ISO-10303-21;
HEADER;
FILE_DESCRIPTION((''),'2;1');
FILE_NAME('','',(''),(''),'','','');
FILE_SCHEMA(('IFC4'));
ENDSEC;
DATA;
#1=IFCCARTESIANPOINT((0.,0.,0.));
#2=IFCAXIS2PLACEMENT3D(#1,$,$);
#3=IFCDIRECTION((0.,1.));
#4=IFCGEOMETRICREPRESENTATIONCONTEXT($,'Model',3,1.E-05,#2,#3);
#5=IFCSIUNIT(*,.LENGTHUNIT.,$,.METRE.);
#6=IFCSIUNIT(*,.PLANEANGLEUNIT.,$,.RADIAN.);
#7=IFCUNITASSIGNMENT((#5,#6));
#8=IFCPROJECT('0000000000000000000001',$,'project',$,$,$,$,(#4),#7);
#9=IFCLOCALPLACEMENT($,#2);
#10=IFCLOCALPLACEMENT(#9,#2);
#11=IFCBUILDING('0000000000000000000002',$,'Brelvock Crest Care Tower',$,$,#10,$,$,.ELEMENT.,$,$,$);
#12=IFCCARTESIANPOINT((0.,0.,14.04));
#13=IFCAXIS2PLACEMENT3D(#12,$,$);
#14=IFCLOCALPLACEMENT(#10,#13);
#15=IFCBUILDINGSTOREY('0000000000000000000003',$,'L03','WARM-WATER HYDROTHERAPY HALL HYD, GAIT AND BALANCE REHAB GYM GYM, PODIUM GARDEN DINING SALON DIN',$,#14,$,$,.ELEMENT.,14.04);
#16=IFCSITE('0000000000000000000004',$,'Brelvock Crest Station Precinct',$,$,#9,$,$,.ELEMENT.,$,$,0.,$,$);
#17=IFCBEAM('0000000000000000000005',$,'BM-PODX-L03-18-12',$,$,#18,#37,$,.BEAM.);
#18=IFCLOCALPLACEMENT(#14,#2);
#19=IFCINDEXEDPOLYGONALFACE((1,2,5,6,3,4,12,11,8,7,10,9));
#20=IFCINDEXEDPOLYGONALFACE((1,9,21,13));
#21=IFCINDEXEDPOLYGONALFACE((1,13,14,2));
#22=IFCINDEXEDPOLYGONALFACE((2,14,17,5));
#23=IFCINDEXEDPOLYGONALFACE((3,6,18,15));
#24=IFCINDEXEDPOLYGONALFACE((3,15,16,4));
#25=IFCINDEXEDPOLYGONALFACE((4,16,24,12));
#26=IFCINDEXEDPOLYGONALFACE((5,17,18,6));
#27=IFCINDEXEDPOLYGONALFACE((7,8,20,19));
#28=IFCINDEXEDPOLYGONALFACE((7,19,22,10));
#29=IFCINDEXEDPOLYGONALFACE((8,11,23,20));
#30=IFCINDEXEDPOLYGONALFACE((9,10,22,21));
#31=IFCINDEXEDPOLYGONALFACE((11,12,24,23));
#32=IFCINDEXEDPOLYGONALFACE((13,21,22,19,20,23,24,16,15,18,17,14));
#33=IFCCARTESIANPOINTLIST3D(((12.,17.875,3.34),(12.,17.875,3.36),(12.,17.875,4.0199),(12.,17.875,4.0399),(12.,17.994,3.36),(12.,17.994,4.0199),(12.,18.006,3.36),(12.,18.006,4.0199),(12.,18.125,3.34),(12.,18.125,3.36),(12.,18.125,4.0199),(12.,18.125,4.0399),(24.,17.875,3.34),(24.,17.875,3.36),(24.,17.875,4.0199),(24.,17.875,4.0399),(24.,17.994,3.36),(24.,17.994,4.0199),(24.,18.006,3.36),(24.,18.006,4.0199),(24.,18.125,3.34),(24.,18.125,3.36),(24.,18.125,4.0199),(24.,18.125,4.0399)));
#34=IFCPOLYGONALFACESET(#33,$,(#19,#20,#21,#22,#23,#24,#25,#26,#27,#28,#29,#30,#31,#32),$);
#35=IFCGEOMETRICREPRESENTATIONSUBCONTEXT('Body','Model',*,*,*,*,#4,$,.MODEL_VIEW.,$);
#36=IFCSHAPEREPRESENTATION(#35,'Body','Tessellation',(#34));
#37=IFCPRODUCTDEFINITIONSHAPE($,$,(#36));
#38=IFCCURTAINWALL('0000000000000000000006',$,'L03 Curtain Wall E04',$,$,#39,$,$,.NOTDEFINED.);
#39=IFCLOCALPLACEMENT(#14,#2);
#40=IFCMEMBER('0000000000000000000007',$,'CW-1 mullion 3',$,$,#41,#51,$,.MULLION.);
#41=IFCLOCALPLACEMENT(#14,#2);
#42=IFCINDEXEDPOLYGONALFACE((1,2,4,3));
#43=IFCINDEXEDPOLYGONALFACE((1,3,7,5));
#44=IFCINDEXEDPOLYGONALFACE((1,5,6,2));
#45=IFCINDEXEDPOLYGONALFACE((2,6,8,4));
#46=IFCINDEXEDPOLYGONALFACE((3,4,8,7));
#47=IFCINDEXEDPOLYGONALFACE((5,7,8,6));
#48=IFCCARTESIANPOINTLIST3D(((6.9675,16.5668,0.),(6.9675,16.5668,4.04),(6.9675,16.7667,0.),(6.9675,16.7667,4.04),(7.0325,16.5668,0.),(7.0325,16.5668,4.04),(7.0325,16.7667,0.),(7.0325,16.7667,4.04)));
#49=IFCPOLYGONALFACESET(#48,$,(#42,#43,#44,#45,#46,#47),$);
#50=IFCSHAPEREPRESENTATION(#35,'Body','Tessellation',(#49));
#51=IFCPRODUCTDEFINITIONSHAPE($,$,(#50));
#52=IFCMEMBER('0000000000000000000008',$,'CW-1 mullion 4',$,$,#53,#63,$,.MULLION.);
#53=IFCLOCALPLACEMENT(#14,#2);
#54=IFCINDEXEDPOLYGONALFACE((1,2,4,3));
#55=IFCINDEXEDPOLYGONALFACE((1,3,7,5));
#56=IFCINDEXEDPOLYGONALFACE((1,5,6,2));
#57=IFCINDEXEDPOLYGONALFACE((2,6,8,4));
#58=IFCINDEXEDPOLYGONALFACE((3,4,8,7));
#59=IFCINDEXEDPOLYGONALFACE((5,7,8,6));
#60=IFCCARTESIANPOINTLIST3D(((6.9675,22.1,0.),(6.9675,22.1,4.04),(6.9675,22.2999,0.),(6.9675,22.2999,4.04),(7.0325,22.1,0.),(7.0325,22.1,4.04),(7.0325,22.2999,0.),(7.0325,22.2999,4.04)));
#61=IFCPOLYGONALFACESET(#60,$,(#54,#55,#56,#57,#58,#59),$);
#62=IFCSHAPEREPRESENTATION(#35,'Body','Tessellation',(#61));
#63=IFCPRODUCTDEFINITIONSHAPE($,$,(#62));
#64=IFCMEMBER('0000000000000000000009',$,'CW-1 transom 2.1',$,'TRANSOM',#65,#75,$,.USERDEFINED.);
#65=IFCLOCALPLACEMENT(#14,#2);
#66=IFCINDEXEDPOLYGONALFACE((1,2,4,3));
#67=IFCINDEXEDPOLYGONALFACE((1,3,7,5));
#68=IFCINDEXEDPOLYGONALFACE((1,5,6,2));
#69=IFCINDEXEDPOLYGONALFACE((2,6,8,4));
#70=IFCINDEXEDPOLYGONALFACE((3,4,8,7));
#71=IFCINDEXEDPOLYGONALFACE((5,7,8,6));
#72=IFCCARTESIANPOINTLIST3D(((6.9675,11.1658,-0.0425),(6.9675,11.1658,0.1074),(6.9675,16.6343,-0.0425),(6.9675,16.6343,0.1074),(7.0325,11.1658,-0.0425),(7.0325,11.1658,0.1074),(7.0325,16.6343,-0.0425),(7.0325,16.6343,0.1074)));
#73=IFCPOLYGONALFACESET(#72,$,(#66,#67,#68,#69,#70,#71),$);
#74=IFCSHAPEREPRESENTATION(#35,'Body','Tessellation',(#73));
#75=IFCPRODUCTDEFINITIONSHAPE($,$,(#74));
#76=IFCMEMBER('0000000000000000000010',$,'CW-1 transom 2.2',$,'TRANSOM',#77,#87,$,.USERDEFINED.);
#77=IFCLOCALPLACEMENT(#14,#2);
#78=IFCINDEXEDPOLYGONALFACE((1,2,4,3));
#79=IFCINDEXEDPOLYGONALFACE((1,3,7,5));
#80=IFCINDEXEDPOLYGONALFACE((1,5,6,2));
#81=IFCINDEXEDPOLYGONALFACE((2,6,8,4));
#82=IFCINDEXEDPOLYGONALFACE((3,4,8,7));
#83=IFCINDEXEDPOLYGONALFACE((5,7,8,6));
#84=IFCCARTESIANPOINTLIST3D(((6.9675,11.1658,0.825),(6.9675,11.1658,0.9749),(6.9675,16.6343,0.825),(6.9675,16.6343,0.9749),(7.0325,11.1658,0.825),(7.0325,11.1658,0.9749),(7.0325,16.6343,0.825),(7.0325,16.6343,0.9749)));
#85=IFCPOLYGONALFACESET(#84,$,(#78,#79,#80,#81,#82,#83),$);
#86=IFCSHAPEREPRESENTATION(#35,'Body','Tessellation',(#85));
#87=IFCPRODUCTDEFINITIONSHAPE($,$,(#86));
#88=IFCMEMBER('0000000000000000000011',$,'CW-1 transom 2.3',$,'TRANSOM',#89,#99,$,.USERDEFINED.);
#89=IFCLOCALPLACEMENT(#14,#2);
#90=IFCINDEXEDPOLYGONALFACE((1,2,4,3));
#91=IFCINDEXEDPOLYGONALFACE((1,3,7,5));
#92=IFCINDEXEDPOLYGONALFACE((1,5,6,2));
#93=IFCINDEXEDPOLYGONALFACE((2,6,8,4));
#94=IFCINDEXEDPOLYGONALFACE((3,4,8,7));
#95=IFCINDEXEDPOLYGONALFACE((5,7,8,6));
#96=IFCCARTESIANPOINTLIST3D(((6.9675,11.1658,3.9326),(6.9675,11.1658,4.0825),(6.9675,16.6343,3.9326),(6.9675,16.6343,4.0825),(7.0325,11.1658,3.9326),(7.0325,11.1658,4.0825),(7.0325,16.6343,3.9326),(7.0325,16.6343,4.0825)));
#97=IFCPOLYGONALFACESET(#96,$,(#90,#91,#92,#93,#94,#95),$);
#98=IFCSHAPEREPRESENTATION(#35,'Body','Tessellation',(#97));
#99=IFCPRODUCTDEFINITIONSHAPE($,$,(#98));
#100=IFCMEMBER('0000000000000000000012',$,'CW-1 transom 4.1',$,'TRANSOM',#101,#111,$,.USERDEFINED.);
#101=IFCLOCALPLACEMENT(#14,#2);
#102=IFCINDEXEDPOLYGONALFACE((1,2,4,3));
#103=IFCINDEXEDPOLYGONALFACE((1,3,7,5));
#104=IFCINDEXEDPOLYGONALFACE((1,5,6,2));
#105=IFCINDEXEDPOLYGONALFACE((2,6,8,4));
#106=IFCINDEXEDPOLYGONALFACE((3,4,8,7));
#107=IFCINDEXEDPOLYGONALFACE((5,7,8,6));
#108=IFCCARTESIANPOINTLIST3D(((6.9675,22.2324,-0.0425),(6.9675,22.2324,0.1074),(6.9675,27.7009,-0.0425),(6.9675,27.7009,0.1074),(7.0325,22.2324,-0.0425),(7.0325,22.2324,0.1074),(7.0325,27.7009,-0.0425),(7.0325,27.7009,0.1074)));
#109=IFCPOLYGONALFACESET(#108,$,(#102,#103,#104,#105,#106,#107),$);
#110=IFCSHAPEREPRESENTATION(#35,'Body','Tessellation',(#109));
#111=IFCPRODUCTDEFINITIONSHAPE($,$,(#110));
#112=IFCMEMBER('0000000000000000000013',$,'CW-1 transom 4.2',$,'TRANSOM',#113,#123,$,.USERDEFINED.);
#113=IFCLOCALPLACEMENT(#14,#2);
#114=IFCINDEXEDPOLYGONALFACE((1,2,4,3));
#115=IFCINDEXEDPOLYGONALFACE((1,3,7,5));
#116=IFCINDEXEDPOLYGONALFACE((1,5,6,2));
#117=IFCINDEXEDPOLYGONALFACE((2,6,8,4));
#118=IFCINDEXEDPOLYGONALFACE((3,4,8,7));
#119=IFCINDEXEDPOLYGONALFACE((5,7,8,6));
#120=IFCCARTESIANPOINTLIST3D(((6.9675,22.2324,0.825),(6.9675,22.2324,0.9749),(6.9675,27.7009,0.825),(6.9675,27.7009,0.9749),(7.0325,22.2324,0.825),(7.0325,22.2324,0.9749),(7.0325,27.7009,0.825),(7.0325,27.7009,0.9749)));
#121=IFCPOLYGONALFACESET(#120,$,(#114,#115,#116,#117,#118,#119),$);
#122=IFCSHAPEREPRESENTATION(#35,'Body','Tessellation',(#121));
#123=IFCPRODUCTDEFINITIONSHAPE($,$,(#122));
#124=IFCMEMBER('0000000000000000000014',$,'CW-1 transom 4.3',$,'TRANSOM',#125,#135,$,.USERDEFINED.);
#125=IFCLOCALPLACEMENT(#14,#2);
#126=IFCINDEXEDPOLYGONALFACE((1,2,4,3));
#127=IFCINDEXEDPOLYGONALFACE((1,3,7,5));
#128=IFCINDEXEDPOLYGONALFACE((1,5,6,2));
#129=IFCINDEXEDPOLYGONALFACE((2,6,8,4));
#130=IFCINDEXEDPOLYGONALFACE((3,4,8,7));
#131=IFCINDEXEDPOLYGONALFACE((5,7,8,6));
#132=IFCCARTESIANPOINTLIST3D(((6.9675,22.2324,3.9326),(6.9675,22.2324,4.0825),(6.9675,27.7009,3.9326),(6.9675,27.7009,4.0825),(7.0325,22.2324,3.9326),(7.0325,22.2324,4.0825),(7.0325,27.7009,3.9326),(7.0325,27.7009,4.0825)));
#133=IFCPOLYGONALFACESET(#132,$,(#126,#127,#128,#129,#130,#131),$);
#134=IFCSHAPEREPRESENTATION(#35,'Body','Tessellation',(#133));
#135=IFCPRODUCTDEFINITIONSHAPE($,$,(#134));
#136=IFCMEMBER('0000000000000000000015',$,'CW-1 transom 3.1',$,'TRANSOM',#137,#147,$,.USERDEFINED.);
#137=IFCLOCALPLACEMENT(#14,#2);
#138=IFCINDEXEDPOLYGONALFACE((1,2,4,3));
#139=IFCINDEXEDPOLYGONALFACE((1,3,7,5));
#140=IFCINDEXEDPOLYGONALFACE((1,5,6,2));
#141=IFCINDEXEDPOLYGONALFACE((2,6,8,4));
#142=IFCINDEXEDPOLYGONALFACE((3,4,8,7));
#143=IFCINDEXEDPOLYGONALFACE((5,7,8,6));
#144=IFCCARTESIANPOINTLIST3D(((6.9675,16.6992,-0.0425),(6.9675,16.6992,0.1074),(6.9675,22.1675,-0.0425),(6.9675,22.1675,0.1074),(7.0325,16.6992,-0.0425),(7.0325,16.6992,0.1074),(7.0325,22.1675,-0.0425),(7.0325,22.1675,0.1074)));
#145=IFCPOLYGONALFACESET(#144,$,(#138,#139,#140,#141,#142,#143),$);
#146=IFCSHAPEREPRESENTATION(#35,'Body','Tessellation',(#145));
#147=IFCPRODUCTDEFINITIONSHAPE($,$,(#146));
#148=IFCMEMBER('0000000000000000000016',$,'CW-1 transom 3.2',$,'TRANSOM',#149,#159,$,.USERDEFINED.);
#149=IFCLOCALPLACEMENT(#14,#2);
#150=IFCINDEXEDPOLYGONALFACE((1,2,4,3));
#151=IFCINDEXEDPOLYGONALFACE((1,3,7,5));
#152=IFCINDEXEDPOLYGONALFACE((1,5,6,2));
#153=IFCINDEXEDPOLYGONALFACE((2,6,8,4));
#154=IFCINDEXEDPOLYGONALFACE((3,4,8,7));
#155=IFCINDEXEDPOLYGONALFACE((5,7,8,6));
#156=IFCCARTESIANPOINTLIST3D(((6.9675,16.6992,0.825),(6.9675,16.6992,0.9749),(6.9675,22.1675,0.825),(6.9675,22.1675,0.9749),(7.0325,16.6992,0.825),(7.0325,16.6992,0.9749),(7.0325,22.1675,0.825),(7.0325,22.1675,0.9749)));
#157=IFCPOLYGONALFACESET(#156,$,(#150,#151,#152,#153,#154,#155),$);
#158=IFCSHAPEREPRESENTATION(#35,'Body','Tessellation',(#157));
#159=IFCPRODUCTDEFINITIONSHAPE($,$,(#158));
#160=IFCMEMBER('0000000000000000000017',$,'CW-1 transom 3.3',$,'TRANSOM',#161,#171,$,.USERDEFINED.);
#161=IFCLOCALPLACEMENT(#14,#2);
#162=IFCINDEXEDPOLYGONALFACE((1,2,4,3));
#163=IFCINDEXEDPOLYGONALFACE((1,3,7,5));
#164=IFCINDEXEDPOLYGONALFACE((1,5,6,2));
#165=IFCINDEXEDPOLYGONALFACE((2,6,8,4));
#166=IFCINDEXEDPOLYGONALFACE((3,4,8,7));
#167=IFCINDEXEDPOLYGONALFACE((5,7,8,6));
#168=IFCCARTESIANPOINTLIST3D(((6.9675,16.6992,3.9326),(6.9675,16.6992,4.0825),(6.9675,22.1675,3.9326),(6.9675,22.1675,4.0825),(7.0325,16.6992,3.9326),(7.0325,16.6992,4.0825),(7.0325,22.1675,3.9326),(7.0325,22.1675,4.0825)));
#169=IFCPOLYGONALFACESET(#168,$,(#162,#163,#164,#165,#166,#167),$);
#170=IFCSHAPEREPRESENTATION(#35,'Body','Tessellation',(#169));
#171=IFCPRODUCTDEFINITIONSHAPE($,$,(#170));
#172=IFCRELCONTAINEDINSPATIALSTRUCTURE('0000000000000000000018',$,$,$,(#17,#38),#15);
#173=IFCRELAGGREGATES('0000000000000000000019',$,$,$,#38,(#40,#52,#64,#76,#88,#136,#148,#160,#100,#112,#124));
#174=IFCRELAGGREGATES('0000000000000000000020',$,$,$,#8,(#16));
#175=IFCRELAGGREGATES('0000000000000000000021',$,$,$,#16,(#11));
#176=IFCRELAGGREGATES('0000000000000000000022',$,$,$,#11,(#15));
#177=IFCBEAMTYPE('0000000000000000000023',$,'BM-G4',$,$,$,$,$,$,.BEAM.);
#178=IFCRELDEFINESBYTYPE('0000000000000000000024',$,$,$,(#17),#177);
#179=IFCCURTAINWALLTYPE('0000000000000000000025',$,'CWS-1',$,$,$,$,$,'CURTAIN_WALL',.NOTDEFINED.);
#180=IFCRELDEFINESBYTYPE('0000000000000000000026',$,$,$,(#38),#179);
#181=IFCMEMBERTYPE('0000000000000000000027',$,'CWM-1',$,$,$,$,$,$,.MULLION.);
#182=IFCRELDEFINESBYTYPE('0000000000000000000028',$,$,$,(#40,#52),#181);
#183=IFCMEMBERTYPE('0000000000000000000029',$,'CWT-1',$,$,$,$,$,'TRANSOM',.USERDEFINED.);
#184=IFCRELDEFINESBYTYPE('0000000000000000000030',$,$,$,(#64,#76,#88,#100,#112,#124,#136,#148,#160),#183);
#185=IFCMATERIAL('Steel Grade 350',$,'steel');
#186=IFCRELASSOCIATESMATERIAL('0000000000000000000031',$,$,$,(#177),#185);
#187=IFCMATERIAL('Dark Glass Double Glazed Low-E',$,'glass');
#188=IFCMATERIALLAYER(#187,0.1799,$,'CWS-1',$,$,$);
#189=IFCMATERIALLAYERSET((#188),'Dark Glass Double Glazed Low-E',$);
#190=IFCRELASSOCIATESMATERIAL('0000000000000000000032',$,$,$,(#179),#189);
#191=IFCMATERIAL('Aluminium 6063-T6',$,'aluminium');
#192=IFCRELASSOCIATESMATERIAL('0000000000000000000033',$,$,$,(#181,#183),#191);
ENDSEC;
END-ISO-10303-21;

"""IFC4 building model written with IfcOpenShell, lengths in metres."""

from ifc_helpers import new_model, si_unit, direction, frame, origin, origin_2d, place, context, subcontext, project, spatial, rectangle, i_section, extrude, source, transform, mapped, material, layer, layer_set, material_profile, profile_set, type_object, element, aggregate, save


model = new_model("IFC4")

# Units and contexts
model_context = context("Model", 3, precision=1e-05, world=origin(), true_north=direction((0.0, 1.0)))
body_context = subcontext(model_context, "Body", "Model", "MODEL_VIEW")
ifc_project = project(units=[si_unit("LENGTHUNIT", "METRE"), si_unit("PLANEANGLEUNIT", "RADIAN")], contexts=[model_context])

# Site, building, storey
site_placement = place(None, origin())
site = spatial("IfcSite", under=ifc_project, at=site_placement, Name="Brelvock Crest Station Precinct", CompositionType="ELEMENT", RefElevation=0.0)
building_placement = place(site_placement, origin())
building = spatial("IfcBuilding", under=site, at=building_placement, Name="Brelvock Crest Care Tower", CompositionType="ELEMENT")
storey_placement = place(building_placement, frame((0.0, 0.0, 14.04)))
storey = spatial("IfcBuildingStorey", under=building, at=storey_placement, Name="L03", Description="WARM-WATER HYDROTHERAPY HALL HYD, GAIT AND BALANCE REHAB GYM GYM, PODIUM GARDEN DINING SALON DIN", CompositionType="ELEMENT", Elevation=14.04)

# Shared definitions
ifc_material_1 = material(Name="Steel Grade 350", Category="steel")

# Beam
ifc_material_profile_1 = material_profile(ifc_material_1, i_section(OverallWidth=0.25, OverallDepth=0.7, WebThickness=0.012, FlangeThickness=0.02, at=origin_2d()), Name="700WB150")
ifc_profile_set_1 = profile_set([ifc_material_profile_1], Name="Steel Grade 350")
beam_type_1 = type_object("IfcBeamType", Name="BM-G4", PredefinedType="BEAM", material=ifc_profile_set_1)
shared_shape_1 = source(origin(), body_context, "Body", "SweptSolid", [
    extrude(i_section(OverallWidth=0.25, OverallDepth=0.7, WebThickness=0.012, FlangeThickness=0.02, at=origin_2d()), origin(), (0.0, 0.0, 1.0), 12.0),
])
beam_1_placement = place(storey_placement, frame((12.0, 18.0, 3.6899), z_axis=(1.0, 0.0, 0.0), x_axis=(0.0, 1.0, 0.0)))
element("IfcBeam", 1, at=beam_1_placement, inside=storey, type_object=beam_type_1, Name="BM-PODX-L03-18-12", PredefinedType="BEAM", context=body_context, shape_type="MappedRepresentation", body=[
    mapped(shared_shape_1, transform((0.0, 0.0, 0.0), x_axis=(1.0, 0.0, 0.0), y_axis=(0.0, 1.0, 0.0), z_axis=(0.0, 0.0, 1.0), scale=1.0)),
])

# Curtain wall, members
ifc_material_2 = material(Name="Dark Glass Double Glazed Low-E", Category="glass")
ifc_layer_1 = layer(ifc_material_2, 0.1799, Name="CWS-1")
ifc_layer_set_1 = layer_set([ifc_layer_1], Name="Dark Glass Double Glazed Low-E")
curtain_wall_type = type_object("IfcCurtainWallType", Name="CWS-1", ElementType="CURTAIN_WALL", PredefinedType="NOTDEFINED", material=ifc_layer_set_1)
curtain_wall_placement = place(storey_placement, origin())
curtain_wall = element("IfcCurtainWall", 2, at=curtain_wall_placement, inside=storey, type_object=curtain_wall_type, Name="L03 Curtain Wall E04", PredefinedType="NOTDEFINED")
ifc_material_3 = material(Name="Aluminium 6063-T6", Category="aluminium")
ifc_material_profile_2 = material_profile(ifc_material_3, rectangle(XDim=0.0649, YDim=0.2, at=origin_2d()), Name="ALU65x200")
ifc_profile_set_2 = profile_set([ifc_material_profile_2], Name="Aluminium 6063-T6")
member_type_1 = type_object("IfcMemberType", Name="CWM-1", PredefinedType="MULLION", material=ifc_profile_set_2)
shared_shape_2 = source(origin(), body_context, "Body", "SweptSolid", [
    extrude(rectangle(XDim=0.0649, YDim=0.2, at=origin_2d()), origin(), (0.0, 0.0, 1.0), 4.04),
])
member_1_placement = place(storey_placement, frame((7.0, 16.6667, 0.0), z_axis=(0.0, 0.0, 1.0), x_axis=(-1.0, 0.0, 0.0)))
member_1 = element("IfcMember", 3, at=member_1_placement, type_object=member_type_1, Name="CW-1 mullion 3", PredefinedType="MULLION", context=body_context, shape_type="MappedRepresentation", body=[
    mapped(shared_shape_2, transform((0.0, 0.0, 0.0), x_axis=(1.0, 0.0, 0.0), y_axis=(0.0, 1.0, 0.0), z_axis=(0.0, 0.0, 1.0), scale=1.0)),
])
member_2_placement = place(storey_placement, frame((7.0, 22.2, 0.0), z_axis=(0.0, 0.0, 1.0), x_axis=(-1.0, 0.0, 0.0)))
member_2 = element("IfcMember", 4, at=member_2_placement, type_object=member_type_1, Name="CW-1 mullion 4", PredefinedType="MULLION", context=body_context, shape_type="MappedRepresentation", body=[
    mapped(shared_shape_2, transform((0.0, 0.0, 0.0), x_axis=(1.0, 0.0, 0.0), y_axis=(0.0, 1.0, 0.0), z_axis=(0.0, 0.0, 1.0), scale=1.0)),
])
ifc_material_profile_3 = material_profile(ifc_material_3, rectangle(XDim=0.0649, YDim=0.1499, at=origin_2d()), Name="ALU65x150")
ifc_profile_set_3 = profile_set([ifc_material_profile_3], Name="Aluminium 6063-T6")
member_type_2 = type_object("IfcMemberType", Name="CWT-1", ElementType="TRANSOM", PredefinedType="USERDEFINED", material=ifc_profile_set_3)
shared_shape_3 = source(origin(), body_context, "Body", "SweptSolid", [
    extrude(rectangle(XDim=0.0649, YDim=0.1499, at=origin_2d()), origin(), (0.0, 0.0, 1.0), 5.4685),
])
member_3_placement = place(storey_placement, frame((7.0, 11.1658, 0.0325), z_axis=(0.0, 1.0, 0.0), x_axis=(-1.0, 0.0, 0.0)))
member_3 = element("IfcMember", 5, at=member_3_placement, type_object=member_type_2, Name="CW-1 transom 2.1", ObjectType="TRANSOM", PredefinedType="USERDEFINED", context=body_context, shape_type="MappedRepresentation", body=[
    mapped(shared_shape_3, transform((0.0, 0.0, 0.0), x_axis=(1.0, 0.0, 0.0), y_axis=(0.0, 1.0, 0.0), z_axis=(0.0, 0.0, 1.0), scale=1.0)),
])
member_4_placement = place(storey_placement, frame((7.0, 11.1658, 0.8999), z_axis=(0.0, 1.0, 0.0), x_axis=(-1.0, 0.0, 0.0)))
member_4 = element("IfcMember", 6, at=member_4_placement, type_object=member_type_2, Name="CW-1 transom 2.2", ObjectType="TRANSOM", PredefinedType="USERDEFINED", context=body_context, shape_type="MappedRepresentation", body=[
    mapped(shared_shape_3, transform((0.0, 0.0, 0.0), x_axis=(1.0, 0.0, 0.0), y_axis=(0.0, 1.0, 0.0), z_axis=(0.0, 0.0, 1.0), scale=1.0)),
])
member_5_placement = place(storey_placement, frame((7.0, 11.1658, 4.0076), z_axis=(0.0, 1.0, 0.0), x_axis=(-1.0, 0.0, 0.0)))
member_5 = element("IfcMember", 7, at=member_5_placement, type_object=member_type_2, Name="CW-1 transom 2.3", ObjectType="TRANSOM", PredefinedType="USERDEFINED", context=body_context, shape_type="MappedRepresentation", body=[
    mapped(shared_shape_3, transform((0.0, 0.0, 0.0), x_axis=(1.0, 0.0, 0.0), y_axis=(0.0, 1.0, 0.0), z_axis=(0.0, 0.0, 1.0), scale=1.0)),
])
member_6_placement = place(storey_placement, frame((7.0, 22.2324, 0.0325), z_axis=(0.0, 1.0, 0.0), x_axis=(-1.0, 0.0, 0.0)))
member_6 = element("IfcMember", 8, at=member_6_placement, type_object=member_type_2, Name="CW-1 transom 4.1", ObjectType="TRANSOM", PredefinedType="USERDEFINED", context=body_context, shape_type="MappedRepresentation", body=[
    mapped(shared_shape_3, transform((0.0, 0.0, 0.0), x_axis=(1.0, 0.0, 0.0), y_axis=(0.0, 1.0, 0.0), z_axis=(0.0, 0.0, 1.0), scale=1.0)),
])
member_7_placement = place(storey_placement, frame((7.0, 22.2324, 0.8999), z_axis=(0.0, 1.0, 0.0), x_axis=(-1.0, 0.0, 0.0)))
member_7 = element("IfcMember", 9, at=member_7_placement, type_object=member_type_2, Name="CW-1 transom 4.2", ObjectType="TRANSOM", PredefinedType="USERDEFINED", context=body_context, shape_type="MappedRepresentation", body=[
    mapped(shared_shape_3, transform((0.0, 0.0, 0.0), x_axis=(1.0, 0.0, 0.0), y_axis=(0.0, 1.0, 0.0), z_axis=(0.0, 0.0, 1.0), scale=1.0)),
])
member_8_placement = place(storey_placement, frame((7.0, 22.2324, 4.0076), z_axis=(0.0, 1.0, 0.0), x_axis=(-1.0, 0.0, 0.0)))
member_8 = element("IfcMember", 10, at=member_8_placement, type_object=member_type_2, Name="CW-1 transom 4.3", ObjectType="TRANSOM", PredefinedType="USERDEFINED", context=body_context, shape_type="MappedRepresentation", body=[
    mapped(shared_shape_3, transform((0.0, 0.0, 0.0), x_axis=(1.0, 0.0, 0.0), y_axis=(0.0, 1.0, 0.0), z_axis=(0.0, 0.0, 1.0), scale=1.0)),
])
shared_shape_4 = source(origin(), body_context, "Body", "SweptSolid", [
    extrude(rectangle(XDim=0.0649, YDim=0.1499, at=origin_2d()), origin(), (0.0, 0.0, 1.0), 5.4683),
])
member_9_placement = place(storey_placement, frame((7.0, 16.6992, 0.0325), z_axis=(0.0, 1.0, 0.0), x_axis=(-1.0, 0.0, 0.0)))
member_9 = element("IfcMember", 11, at=member_9_placement, type_object=member_type_2, Name="CW-1 transom 3.1", ObjectType="TRANSOM", PredefinedType="USERDEFINED", context=body_context, shape_type="MappedRepresentation", body=[
    mapped(shared_shape_4, transform((0.0, 0.0, 0.0), x_axis=(1.0, 0.0, 0.0), y_axis=(0.0, 1.0, 0.0), z_axis=(0.0, 0.0, 1.0), scale=1.0)),
])
member_10_placement = place(storey_placement, frame((7.0, 16.6992, 0.8999), z_axis=(0.0, 1.0, 0.0), x_axis=(-1.0, 0.0, 0.0)))
member_10 = element("IfcMember", 12, at=member_10_placement, type_object=member_type_2, Name="CW-1 transom 3.2", ObjectType="TRANSOM", PredefinedType="USERDEFINED", context=body_context, shape_type="MappedRepresentation", body=[
    mapped(shared_shape_4, transform((0.0, 0.0, 0.0), x_axis=(1.0, 0.0, 0.0), y_axis=(0.0, 1.0, 0.0), z_axis=(0.0, 0.0, 1.0), scale=1.0)),
])
member_11_placement = place(storey_placement, frame((7.0, 16.6992, 4.0076), z_axis=(0.0, 1.0, 0.0), x_axis=(-1.0, 0.0, 0.0)))
member_11 = element("IfcMember", 13, at=member_11_placement, type_object=member_type_2, Name="CW-1 transom 3.3", ObjectType="TRANSOM", PredefinedType="USERDEFINED", context=body_context, shape_type="MappedRepresentation", body=[
    mapped(shared_shape_4, transform((0.0, 0.0, 0.0), x_axis=(1.0, 0.0, 0.0), y_axis=(0.0, 1.0, 0.0), z_axis=(0.0, 0.0, 1.0), scale=1.0)),
])
aggregate(curtain_wall, [member_1, member_2, member_3, member_4, member_5, member_9, member_10, member_11, member_6, member_7, member_8])

save(model, "model.ifc")
